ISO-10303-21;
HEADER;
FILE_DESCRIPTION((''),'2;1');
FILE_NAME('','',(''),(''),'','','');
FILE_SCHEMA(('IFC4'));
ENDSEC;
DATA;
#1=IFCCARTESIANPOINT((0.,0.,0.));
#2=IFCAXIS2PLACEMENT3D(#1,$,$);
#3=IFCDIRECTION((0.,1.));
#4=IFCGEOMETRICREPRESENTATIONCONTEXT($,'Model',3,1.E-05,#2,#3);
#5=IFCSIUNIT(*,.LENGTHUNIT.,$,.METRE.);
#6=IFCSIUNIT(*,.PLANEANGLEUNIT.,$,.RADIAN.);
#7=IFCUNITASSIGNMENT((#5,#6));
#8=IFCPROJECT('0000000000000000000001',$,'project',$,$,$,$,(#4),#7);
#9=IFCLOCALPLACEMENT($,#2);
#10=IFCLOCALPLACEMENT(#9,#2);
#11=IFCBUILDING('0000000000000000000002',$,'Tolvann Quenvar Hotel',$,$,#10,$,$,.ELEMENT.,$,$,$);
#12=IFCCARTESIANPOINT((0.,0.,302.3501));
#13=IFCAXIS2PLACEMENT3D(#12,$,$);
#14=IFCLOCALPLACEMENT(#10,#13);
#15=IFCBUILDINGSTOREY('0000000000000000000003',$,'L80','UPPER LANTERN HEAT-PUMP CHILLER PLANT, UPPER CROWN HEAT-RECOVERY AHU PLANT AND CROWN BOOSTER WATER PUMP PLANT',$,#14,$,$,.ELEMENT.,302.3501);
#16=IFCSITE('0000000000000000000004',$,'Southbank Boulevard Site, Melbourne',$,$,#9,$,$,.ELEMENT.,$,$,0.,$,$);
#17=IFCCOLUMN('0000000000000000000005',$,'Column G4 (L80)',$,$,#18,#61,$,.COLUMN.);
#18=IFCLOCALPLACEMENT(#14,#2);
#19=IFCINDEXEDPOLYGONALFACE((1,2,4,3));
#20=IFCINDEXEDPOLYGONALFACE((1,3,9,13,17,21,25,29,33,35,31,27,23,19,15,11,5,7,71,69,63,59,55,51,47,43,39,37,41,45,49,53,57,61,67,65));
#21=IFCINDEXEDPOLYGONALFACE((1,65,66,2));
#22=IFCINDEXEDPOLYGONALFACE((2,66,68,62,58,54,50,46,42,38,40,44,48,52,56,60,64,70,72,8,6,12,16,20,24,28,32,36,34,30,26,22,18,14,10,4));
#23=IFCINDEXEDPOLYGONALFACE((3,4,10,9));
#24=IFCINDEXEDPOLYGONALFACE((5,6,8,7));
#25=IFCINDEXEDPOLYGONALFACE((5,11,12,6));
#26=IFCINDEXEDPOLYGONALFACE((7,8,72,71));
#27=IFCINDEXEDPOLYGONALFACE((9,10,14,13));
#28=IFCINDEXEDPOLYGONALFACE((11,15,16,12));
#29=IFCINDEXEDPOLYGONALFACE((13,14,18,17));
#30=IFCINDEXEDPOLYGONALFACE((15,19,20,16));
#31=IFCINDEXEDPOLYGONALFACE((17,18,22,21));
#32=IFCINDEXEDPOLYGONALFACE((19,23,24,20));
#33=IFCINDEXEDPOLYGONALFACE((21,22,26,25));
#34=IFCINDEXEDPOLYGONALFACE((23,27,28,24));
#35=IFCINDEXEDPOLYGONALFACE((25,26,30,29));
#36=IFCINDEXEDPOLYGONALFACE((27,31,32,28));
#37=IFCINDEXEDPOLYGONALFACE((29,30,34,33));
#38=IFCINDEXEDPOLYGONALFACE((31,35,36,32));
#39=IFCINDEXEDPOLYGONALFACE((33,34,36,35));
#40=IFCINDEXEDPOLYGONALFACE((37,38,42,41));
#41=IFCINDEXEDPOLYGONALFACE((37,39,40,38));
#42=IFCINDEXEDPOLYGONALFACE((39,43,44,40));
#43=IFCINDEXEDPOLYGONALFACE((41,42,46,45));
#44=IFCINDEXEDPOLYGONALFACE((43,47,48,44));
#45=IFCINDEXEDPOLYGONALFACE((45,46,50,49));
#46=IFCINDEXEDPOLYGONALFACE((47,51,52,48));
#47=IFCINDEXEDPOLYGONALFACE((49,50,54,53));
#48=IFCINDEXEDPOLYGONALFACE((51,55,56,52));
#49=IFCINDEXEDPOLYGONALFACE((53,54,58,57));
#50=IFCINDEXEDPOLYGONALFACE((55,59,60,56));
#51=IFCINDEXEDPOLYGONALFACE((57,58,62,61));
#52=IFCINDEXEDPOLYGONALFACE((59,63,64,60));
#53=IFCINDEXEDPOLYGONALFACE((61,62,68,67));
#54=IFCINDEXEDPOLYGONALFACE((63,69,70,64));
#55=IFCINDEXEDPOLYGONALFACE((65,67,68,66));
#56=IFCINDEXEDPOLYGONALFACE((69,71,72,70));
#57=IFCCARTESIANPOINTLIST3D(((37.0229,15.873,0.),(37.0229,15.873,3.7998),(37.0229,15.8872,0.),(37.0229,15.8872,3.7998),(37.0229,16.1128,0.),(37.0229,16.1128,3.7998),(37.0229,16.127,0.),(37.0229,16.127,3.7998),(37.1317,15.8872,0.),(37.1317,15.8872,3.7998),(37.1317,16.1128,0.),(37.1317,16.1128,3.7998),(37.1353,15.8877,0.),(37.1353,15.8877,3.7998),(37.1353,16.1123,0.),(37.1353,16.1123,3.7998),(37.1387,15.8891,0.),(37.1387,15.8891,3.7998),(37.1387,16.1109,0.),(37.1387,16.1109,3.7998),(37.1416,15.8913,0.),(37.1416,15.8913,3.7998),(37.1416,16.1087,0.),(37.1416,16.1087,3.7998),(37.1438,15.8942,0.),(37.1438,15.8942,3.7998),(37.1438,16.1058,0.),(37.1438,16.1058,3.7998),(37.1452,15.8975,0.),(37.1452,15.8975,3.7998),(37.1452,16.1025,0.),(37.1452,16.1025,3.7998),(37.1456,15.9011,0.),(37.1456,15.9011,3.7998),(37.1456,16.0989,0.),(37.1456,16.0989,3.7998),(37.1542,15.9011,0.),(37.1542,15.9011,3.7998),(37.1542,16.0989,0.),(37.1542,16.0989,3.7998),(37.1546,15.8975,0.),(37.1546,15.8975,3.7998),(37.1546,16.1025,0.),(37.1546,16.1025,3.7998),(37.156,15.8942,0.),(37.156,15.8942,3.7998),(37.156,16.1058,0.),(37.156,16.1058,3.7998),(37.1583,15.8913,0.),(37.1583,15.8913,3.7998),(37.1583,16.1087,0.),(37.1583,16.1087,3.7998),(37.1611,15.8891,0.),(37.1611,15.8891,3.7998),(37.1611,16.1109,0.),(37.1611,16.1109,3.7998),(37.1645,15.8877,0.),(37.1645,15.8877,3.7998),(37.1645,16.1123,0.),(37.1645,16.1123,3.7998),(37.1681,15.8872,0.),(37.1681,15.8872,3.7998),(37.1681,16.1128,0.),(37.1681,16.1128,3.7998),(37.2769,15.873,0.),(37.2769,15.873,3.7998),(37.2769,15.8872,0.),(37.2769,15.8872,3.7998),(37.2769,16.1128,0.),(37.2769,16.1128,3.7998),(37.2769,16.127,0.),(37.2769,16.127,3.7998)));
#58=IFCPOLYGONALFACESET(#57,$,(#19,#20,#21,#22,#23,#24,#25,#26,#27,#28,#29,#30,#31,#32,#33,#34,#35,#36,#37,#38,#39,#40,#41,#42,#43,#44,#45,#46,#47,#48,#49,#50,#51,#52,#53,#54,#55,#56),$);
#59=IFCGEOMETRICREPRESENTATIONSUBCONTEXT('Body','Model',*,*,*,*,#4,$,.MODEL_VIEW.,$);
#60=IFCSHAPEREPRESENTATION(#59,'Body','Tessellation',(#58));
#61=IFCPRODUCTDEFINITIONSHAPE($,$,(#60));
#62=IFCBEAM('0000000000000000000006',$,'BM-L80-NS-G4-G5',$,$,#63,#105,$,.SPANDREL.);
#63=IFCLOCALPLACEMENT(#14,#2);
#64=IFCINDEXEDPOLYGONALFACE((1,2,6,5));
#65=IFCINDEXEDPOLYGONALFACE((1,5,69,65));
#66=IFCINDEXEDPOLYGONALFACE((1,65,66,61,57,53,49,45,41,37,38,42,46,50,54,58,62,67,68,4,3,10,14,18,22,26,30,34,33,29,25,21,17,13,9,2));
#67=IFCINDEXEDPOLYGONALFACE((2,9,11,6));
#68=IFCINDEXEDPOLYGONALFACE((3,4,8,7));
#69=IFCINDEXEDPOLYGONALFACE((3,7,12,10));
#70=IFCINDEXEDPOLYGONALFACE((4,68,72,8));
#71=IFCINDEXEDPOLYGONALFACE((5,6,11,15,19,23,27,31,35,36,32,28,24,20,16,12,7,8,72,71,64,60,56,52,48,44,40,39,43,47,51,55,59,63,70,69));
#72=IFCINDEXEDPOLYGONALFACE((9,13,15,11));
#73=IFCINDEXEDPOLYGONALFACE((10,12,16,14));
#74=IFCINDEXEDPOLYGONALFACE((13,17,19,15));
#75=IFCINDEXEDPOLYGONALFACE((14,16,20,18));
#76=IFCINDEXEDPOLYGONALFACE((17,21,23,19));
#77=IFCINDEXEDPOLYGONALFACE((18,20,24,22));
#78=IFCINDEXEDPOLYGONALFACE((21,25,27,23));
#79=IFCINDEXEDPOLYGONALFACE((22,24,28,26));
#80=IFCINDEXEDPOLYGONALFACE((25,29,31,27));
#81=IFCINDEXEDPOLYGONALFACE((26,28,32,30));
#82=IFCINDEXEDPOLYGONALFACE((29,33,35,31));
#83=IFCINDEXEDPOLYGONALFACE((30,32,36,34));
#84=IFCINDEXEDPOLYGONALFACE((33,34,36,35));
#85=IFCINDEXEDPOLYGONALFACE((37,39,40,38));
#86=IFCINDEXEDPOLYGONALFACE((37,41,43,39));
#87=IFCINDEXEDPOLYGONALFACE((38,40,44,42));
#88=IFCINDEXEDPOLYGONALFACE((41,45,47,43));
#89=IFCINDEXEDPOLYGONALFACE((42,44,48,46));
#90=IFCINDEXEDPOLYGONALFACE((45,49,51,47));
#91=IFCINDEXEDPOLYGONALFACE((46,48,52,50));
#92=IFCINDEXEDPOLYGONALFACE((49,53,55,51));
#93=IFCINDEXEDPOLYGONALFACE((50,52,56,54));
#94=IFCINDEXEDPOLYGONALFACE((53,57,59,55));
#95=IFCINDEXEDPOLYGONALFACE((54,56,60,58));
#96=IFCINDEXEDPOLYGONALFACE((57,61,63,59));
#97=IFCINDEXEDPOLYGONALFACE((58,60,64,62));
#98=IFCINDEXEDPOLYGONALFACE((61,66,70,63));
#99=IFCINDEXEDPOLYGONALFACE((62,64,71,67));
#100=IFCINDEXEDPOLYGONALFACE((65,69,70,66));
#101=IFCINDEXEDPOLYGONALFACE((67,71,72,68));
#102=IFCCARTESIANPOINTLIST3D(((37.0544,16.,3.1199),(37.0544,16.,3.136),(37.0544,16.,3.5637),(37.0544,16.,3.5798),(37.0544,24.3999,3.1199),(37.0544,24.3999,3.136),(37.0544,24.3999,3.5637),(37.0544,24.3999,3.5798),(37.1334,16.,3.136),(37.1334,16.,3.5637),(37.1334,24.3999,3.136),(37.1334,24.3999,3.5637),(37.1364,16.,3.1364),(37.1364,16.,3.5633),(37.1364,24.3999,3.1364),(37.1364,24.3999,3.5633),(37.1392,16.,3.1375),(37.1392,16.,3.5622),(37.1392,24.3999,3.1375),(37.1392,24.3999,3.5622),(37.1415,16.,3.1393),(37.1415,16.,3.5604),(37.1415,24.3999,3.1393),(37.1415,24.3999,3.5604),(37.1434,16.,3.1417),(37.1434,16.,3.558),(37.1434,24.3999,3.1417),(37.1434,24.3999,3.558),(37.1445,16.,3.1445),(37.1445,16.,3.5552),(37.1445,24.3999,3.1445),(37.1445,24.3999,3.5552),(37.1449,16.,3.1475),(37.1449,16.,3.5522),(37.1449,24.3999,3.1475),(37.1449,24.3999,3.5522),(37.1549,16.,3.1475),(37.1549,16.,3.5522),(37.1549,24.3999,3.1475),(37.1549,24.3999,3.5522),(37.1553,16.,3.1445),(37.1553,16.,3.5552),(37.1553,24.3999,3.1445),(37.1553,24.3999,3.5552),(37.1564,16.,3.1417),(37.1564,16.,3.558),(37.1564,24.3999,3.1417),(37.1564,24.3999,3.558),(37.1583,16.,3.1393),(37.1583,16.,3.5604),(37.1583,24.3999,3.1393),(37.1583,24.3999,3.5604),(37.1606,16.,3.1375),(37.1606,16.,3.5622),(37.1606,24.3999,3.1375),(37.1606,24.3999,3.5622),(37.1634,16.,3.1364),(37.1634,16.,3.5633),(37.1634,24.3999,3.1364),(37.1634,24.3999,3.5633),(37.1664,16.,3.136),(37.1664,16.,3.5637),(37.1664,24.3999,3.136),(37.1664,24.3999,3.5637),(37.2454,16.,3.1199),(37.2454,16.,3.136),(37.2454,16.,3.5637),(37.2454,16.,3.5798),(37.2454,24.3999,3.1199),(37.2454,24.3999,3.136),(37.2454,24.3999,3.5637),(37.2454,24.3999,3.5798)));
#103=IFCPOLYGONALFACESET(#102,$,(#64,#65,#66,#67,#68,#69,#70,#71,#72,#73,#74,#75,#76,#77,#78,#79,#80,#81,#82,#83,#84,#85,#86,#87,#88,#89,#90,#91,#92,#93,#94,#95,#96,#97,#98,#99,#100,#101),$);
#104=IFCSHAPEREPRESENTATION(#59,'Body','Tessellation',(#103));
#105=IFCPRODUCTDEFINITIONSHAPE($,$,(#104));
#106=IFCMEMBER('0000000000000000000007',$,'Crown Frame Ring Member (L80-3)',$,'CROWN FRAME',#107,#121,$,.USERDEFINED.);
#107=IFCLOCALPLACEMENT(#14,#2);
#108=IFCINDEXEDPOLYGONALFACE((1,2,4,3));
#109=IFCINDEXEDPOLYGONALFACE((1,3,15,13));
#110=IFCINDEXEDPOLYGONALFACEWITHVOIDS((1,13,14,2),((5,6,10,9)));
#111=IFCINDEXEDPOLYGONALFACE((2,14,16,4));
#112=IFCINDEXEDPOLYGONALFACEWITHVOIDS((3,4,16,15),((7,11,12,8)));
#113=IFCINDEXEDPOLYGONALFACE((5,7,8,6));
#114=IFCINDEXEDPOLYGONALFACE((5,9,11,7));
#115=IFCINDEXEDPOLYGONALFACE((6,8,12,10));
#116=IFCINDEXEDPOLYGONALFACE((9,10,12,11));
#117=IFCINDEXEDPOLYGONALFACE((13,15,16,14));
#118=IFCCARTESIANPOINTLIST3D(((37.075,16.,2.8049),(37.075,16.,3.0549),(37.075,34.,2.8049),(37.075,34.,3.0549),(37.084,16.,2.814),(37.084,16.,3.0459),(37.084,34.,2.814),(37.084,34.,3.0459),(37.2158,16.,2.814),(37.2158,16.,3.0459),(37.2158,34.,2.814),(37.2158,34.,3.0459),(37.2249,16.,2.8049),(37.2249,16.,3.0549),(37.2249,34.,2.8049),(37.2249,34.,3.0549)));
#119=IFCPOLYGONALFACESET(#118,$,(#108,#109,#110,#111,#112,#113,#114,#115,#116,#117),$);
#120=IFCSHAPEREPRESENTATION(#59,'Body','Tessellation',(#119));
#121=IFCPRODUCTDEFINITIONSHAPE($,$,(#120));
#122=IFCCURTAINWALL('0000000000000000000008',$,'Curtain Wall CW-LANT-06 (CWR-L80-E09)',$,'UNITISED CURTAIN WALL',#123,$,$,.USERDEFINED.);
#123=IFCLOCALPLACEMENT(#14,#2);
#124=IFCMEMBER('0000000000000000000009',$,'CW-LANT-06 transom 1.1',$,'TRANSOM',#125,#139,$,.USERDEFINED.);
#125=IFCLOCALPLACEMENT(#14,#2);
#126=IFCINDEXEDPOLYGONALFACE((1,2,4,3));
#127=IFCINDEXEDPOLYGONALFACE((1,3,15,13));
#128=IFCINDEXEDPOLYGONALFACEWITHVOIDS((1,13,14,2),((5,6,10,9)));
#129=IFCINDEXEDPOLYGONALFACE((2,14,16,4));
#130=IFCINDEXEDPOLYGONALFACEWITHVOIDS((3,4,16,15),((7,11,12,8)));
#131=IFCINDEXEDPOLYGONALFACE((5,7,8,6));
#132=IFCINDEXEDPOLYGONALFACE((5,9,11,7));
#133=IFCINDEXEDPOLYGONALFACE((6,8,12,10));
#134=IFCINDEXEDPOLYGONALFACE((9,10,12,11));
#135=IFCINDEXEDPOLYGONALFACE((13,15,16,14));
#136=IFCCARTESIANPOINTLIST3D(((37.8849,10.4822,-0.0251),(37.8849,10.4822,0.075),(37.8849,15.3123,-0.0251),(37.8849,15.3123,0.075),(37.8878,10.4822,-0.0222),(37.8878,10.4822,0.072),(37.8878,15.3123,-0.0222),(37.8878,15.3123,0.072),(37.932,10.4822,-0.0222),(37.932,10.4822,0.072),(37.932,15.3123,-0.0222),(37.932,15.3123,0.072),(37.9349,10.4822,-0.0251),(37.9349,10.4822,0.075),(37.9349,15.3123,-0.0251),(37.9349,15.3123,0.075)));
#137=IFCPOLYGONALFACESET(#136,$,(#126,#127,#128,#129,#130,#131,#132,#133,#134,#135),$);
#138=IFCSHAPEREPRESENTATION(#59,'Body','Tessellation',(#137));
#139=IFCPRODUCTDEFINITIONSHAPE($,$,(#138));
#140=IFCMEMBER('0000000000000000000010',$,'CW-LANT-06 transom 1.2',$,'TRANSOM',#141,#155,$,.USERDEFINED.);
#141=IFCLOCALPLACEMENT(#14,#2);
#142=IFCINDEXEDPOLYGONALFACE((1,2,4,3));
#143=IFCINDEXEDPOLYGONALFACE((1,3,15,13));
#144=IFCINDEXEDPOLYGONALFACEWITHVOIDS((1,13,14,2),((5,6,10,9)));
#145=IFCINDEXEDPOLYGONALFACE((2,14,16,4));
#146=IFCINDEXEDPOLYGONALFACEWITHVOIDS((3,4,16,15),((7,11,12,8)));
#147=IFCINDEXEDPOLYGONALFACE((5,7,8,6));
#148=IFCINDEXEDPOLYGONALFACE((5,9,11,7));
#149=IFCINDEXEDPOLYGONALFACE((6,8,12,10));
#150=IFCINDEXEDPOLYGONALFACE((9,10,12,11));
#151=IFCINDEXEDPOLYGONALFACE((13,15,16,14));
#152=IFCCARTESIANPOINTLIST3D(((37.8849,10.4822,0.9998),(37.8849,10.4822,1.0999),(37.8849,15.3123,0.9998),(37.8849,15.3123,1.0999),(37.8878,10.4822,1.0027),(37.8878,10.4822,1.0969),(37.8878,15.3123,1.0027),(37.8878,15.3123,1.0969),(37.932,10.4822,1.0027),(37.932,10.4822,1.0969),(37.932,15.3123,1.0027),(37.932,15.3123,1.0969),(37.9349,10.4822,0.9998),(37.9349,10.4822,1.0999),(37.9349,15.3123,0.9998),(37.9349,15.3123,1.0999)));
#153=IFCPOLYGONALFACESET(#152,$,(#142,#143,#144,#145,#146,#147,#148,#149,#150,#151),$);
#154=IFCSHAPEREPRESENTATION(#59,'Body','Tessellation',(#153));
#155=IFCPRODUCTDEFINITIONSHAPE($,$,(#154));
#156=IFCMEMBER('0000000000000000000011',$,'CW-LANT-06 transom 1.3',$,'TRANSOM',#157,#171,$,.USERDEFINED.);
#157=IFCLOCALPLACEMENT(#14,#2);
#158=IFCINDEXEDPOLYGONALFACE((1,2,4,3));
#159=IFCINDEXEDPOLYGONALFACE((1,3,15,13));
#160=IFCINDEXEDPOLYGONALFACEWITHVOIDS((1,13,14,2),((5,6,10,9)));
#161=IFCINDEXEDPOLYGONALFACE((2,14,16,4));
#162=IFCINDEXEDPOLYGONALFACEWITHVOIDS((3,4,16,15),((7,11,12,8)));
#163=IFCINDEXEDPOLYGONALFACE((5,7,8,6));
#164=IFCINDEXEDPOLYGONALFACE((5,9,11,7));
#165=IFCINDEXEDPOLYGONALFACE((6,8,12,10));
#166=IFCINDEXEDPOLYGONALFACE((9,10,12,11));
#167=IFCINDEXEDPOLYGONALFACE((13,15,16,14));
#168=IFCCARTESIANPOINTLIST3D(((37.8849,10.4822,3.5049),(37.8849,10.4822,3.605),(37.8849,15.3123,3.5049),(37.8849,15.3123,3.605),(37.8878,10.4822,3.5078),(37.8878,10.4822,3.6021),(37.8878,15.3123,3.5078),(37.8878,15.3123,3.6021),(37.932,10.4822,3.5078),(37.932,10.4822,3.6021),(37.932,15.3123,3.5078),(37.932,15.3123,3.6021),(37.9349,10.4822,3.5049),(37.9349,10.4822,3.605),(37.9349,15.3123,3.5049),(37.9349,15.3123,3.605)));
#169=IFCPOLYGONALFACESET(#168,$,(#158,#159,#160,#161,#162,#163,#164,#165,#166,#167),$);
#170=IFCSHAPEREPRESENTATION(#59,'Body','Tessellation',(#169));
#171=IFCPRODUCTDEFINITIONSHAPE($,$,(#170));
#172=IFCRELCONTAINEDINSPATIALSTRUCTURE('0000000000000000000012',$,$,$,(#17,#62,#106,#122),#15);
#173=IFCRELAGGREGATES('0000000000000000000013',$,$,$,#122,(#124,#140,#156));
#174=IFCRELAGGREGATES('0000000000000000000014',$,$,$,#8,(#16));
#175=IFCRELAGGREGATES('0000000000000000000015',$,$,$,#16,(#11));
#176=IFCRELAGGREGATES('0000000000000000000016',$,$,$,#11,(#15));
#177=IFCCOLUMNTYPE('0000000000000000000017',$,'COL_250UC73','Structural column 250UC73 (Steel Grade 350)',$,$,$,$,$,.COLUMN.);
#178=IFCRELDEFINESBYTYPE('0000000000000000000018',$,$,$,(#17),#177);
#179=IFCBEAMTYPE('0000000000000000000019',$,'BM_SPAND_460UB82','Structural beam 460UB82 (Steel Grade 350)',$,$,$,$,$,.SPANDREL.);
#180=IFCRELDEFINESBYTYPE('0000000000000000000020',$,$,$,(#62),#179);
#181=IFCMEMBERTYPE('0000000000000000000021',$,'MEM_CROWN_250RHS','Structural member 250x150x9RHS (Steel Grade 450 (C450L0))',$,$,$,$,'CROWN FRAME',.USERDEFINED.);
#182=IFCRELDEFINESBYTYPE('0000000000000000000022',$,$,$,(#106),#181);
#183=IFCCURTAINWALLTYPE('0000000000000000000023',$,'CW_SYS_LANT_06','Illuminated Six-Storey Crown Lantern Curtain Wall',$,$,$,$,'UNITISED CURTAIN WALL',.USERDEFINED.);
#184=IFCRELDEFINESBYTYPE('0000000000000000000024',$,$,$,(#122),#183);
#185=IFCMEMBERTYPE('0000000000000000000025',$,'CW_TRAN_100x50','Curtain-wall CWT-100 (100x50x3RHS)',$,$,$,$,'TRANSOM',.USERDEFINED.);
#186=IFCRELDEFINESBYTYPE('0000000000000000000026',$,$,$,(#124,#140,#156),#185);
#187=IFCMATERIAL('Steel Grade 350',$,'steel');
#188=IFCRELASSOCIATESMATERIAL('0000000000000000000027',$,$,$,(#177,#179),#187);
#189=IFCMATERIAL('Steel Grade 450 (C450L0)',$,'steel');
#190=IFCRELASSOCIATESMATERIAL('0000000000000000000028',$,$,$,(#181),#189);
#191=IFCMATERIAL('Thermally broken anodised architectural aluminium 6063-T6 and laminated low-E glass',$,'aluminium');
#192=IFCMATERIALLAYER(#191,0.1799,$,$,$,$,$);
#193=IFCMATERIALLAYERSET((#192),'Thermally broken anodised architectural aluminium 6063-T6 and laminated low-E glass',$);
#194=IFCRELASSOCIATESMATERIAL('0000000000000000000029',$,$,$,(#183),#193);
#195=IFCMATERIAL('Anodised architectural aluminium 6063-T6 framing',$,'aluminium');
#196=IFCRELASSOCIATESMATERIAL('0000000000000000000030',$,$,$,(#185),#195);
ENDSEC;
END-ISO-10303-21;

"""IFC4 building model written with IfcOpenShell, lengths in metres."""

from ifc_helpers import new_model, si_unit, direction, frame, origin, origin_2d, place, context, subcontext, project, spatial, hollow_rectangle, i_section, extrude, source, transform, mapped, material, layer, layer_set, material_profile, profile_set, type_object, type_shapes, element, aggregate, save


model = new_model("IFC4")

# Units and contexts
model_context = context("Model", 3, precision=1e-05, world=origin(), true_north=direction((0.0, 1.0)))
body_context = subcontext(model_context, "Body", "Model", "MODEL_VIEW")
ifc_project = project(units=[si_unit("LENGTHUNIT", "METRE"), si_unit("PLANEANGLEUNIT", "RADIAN")], contexts=[model_context])

# Site, building, storey
site_placement = place(None, origin())
site = spatial("IfcSite", under=ifc_project, at=site_placement, Name="Southbank Boulevard Site, Melbourne", CompositionType="ELEMENT", RefElevation=0.0)
building_placement = place(site_placement, origin())
building = spatial("IfcBuilding", under=site, at=building_placement, Name="Tolvann Quenvar Hotel", CompositionType="ELEMENT")
storey_placement = place(building_placement, frame((0.0, 0.0, 302.3501)))
storey = spatial("IfcBuildingStorey", under=building, at=storey_placement, Name="L80", Description="UPPER LANTERN HEAT-PUMP CHILLER PLANT, UPPER CROWN HEAT-RECOVERY AHU PLANT AND CROWN BOOSTER WATER PUMP PLANT", CompositionType="ELEMENT", Elevation=302.3501)

# Column
ifc_material_1 = material(Name="Steel Grade 350", Category="steel")
ifc_material_profile_1 = material_profile(ifc_material_1, i_section(OverallWidth=0.2539, OverallDepth=0.2539, WebThickness=0.0085, FlangeThickness=0.0142, FilletRadius=0.0139, at=origin_2d()), Name="250UC73")
ifc_profile_set_1 = profile_set([ifc_material_profile_1], Name="Steel Grade 350")
column_type = type_object("IfcColumnType", Name="COL_250UC73", Description="Structural column 250UC73 (Steel Grade 350)", PredefinedType="COLUMN", material=ifc_profile_set_1)
shared_shape_1 = source(origin(), body_context, "Body", "SweptSolid", [
    extrude(i_section(OverallWidth=0.2539, OverallDepth=0.2539, WebThickness=0.0085, FlangeThickness=0.0142, FilletRadius=0.0139, at=origin_2d()), origin(), (0.0, 0.0, 1.0), 3.7998),
])
type_shapes(column_type, [shared_shape_1])
column_placement = place(storey_placement, frame((37.1499, 16.0, 0.0), z_axis=(0.0, 0.0, 1.0), x_axis=(1.0, 0.0, 0.0)))
element("IfcColumn", 1, at=column_placement, inside=storey, type_object=column_type, Name="Column G4 (L80)", PredefinedType="COLUMN", context=body_context, shape_type="MappedRepresentation", body=[
    mapped(shared_shape_1, transform((0.0, 0.0, 0.0), x_axis=(1.0, 0.0, 0.0), y_axis=(0.0, 1.0, 0.0), z_axis=(0.0, 0.0, 1.0), scale=1.0)),
])

# Beam
ifc_material_profile_2 = material_profile(ifc_material_1, i_section(OverallWidth=0.1909, OverallDepth=0.46, WebThickness=0.01, FlangeThickness=0.0161, FilletRadius=0.0115, at=origin_2d()), Name="460UB82")
ifc_profile_set_2 = profile_set([ifc_material_profile_2], Name="Steel Grade 350")
beam_type = type_object("IfcBeamType", Name="BM_SPAND_460UB82", Description="Structural beam 460UB82 (Steel Grade 350)", PredefinedType="SPANDREL", material=ifc_profile_set_2)
shared_shape_2 = source(origin(), body_context, "Body", "SweptSolid", [
    extrude(i_section(OverallWidth=0.1909, OverallDepth=0.46, WebThickness=0.01, FlangeThickness=0.0161, FilletRadius=0.0115, at=origin_2d()), origin(), (0.0, 0.0, 1.0), 8.3999),
])
type_shapes(beam_type, [shared_shape_2])
beam_placement = place(storey_placement, frame((37.1499, 16.0, 3.3499), z_axis=(0.0, 1.0, 0.0), x_axis=(-1.0, 0.0, 0.0)))
element("IfcBeam", 2, at=beam_placement, inside=storey, type_object=beam_type, Name="BM-L80-NS-G4-G5", PredefinedType="SPANDREL", context=body_context, shape_type="MappedRepresentation", body=[
    mapped(shared_shape_2, transform((0.0, 0.0, 0.0), x_axis=(1.0, 0.0, 0.0), y_axis=(0.0, 1.0, 0.0), z_axis=(0.0, 0.0, 1.0), scale=1.0)),
])

# Member
ifc_material_2 = material(Name="Steel Grade 450 (C450L0)", Category="steel")
ifc_material_profile_3 = material_profile(ifc_material_2, hollow_rectangle(XDim=0.1499, YDim=0.25, WallThickness=0.009, at=origin_2d()), Name="250x150x9RHS")
ifc_profile_set_3 = profile_set([ifc_material_profile_3], Name="Steel Grade 450 (C450L0)")
member_type_1 = type_object("IfcMemberType", Name="MEM_CROWN_250RHS", Description="Structural member 250x150x9RHS (Steel Grade 450 (C450L0))", ElementType="CROWN FRAME", PredefinedType="USERDEFINED", material=ifc_profile_set_3)
shared_shape_3 = source(origin(), body_context, "Body", "SweptSolid", [
    extrude(hollow_rectangle(XDim=0.1499, YDim=0.25, WallThickness=0.009, at=origin_2d()), origin(), (0.0, 0.0, 1.0), 18.0),
])
type_shapes(member_type_1, [shared_shape_3])
member_1_placement = place(storey_placement, frame((37.1499, 16.0, 2.9299), z_axis=(0.0, 1.0, 0.0), x_axis=(-1.0, 0.0, 0.0)))
element("IfcMember", 3, at=member_1_placement, inside=storey, type_object=member_type_1, Name="Crown Frame Ring Member (L80-3)", ObjectType="CROWN FRAME", PredefinedType="USERDEFINED", context=body_context, shape_type="MappedRepresentation", body=[
    mapped(shared_shape_3, transform((0.0, 0.0, 0.0), x_axis=(1.0, 0.0, 0.0), y_axis=(0.0, 1.0, 0.0), z_axis=(0.0, 0.0, 1.0), scale=1.0)),
])

# Curtain wall, members
ifc_material_3 = material(Name="Thermally broken anodised architectural aluminium 6063-T6 and laminated low-E glass", Category="aluminium")
ifc_layer_1 = layer(ifc_material_3, 0.1799)
ifc_layer_set_1 = layer_set([ifc_layer_1], Name="Thermally broken anodised architectural aluminium 6063-T6 and laminated low-E glass")
curtain_wall_type = type_object("IfcCurtainWallType", Name="CW_SYS_LANT_06", Description="Illuminated Six-Storey Crown Lantern Curtain Wall", ElementType="UNITISED CURTAIN WALL", PredefinedType="USERDEFINED", material=ifc_layer_set_1)
curtain_wall_1_placement = place(storey_placement, origin())
curtain_wall_1 = element("IfcCurtainWall", 4, at=curtain_wall_1_placement, inside=storey, type_object=curtain_wall_type, Name="Curtain Wall CW-LANT-06 (CWR-L80-E09)", ObjectType="UNITISED CURTAIN WALL", PredefinedType="USERDEFINED")
ifc_material_4 = material(Name="Anodised architectural aluminium 6063-T6 framing", Category="aluminium")
ifc_material_profile_4 = material_profile(ifc_material_4, hollow_rectangle(XDim=0.05, YDim=0.1001, WallThickness=0.0029, at=origin_2d()), Name="100x50x3RHS")
ifc_profile_set_4 = profile_set([ifc_material_profile_4], Name="Anodised architectural aluminium 6063-T6 framing")
member_type_2 = type_object("IfcMemberType", Name="CW_TRAN_100x50", Description="Curtain-wall CWT-100 (100x50x3RHS)", ElementType="TRANSOM", PredefinedType="USERDEFINED", material=ifc_profile_set_4)
shared_shape_4 = source(origin(), body_context, "Body", "SweptSolid", [
    extrude(hollow_rectangle(XDim=0.05, YDim=0.1001, WallThickness=0.0029, at=origin_2d()), origin(), (0.0, 0.0, 1.0), 4.8301),
])
member_2_placement = place(storey_placement, frame((37.9099, 10.4822, 0.0249), z_axis=(0.0, 1.0, 0.0), x_axis=(-1.0, 0.0, 0.0)))
member_2 = element("IfcMember", 5, at=member_2_placement, type_object=member_type_2, Name="CW-LANT-06 transom 1.1", ObjectType="TRANSOM", PredefinedType="USERDEFINED", context=body_context, shape_type="MappedRepresentation", body=[
    mapped(shared_shape_4, transform((0.0, 0.0, 0.0), x_axis=(1.0, 0.0, 0.0), y_axis=(0.0, 1.0, 0.0), z_axis=(0.0, 0.0, 1.0), scale=1.0)),
])
member_3_placement = place(storey_placement, frame((37.9099, 10.4822, 1.0498), z_axis=(0.0, 1.0, 0.0), x_axis=(-1.0, 0.0, 0.0)))
member_3 = element("IfcMember", 6, at=member_3_placement, type_object=member_type_2, Name="CW-LANT-06 transom 1.2", ObjectType="TRANSOM", PredefinedType="USERDEFINED", context=body_context, shape_type="MappedRepresentation", body=[
    mapped(shared_shape_4, transform((0.0, 0.0, 0.0), x_axis=(1.0, 0.0, 0.0), y_axis=(0.0, 1.0, 0.0), z_axis=(0.0, 0.0, 1.0), scale=1.0)),
])
member_4_placement = place(storey_placement, frame((37.9099, 10.4822, 3.5549), z_axis=(0.0, 1.0, 0.0), x_axis=(-1.0, 0.0, 0.0)))
member_4 = element("IfcMember", 7, at=member_4_placement, type_object=member_type_2, Name="CW-LANT-06 transom 1.3", ObjectType="TRANSOM", PredefinedType="USERDEFINED", context=body_context, shape_type="MappedRepresentation", body=[
    mapped(shared_shape_4, transform((0.0, 0.0, 0.0), x_axis=(1.0, 0.0, 0.0), y_axis=(0.0, 1.0, 0.0), z_axis=(0.0, 0.0, 1.0), scale=1.0)),
])

aggregate(curtain_wall_1, [member_2, member_3, member_4])

save(model, "model.ifc")
